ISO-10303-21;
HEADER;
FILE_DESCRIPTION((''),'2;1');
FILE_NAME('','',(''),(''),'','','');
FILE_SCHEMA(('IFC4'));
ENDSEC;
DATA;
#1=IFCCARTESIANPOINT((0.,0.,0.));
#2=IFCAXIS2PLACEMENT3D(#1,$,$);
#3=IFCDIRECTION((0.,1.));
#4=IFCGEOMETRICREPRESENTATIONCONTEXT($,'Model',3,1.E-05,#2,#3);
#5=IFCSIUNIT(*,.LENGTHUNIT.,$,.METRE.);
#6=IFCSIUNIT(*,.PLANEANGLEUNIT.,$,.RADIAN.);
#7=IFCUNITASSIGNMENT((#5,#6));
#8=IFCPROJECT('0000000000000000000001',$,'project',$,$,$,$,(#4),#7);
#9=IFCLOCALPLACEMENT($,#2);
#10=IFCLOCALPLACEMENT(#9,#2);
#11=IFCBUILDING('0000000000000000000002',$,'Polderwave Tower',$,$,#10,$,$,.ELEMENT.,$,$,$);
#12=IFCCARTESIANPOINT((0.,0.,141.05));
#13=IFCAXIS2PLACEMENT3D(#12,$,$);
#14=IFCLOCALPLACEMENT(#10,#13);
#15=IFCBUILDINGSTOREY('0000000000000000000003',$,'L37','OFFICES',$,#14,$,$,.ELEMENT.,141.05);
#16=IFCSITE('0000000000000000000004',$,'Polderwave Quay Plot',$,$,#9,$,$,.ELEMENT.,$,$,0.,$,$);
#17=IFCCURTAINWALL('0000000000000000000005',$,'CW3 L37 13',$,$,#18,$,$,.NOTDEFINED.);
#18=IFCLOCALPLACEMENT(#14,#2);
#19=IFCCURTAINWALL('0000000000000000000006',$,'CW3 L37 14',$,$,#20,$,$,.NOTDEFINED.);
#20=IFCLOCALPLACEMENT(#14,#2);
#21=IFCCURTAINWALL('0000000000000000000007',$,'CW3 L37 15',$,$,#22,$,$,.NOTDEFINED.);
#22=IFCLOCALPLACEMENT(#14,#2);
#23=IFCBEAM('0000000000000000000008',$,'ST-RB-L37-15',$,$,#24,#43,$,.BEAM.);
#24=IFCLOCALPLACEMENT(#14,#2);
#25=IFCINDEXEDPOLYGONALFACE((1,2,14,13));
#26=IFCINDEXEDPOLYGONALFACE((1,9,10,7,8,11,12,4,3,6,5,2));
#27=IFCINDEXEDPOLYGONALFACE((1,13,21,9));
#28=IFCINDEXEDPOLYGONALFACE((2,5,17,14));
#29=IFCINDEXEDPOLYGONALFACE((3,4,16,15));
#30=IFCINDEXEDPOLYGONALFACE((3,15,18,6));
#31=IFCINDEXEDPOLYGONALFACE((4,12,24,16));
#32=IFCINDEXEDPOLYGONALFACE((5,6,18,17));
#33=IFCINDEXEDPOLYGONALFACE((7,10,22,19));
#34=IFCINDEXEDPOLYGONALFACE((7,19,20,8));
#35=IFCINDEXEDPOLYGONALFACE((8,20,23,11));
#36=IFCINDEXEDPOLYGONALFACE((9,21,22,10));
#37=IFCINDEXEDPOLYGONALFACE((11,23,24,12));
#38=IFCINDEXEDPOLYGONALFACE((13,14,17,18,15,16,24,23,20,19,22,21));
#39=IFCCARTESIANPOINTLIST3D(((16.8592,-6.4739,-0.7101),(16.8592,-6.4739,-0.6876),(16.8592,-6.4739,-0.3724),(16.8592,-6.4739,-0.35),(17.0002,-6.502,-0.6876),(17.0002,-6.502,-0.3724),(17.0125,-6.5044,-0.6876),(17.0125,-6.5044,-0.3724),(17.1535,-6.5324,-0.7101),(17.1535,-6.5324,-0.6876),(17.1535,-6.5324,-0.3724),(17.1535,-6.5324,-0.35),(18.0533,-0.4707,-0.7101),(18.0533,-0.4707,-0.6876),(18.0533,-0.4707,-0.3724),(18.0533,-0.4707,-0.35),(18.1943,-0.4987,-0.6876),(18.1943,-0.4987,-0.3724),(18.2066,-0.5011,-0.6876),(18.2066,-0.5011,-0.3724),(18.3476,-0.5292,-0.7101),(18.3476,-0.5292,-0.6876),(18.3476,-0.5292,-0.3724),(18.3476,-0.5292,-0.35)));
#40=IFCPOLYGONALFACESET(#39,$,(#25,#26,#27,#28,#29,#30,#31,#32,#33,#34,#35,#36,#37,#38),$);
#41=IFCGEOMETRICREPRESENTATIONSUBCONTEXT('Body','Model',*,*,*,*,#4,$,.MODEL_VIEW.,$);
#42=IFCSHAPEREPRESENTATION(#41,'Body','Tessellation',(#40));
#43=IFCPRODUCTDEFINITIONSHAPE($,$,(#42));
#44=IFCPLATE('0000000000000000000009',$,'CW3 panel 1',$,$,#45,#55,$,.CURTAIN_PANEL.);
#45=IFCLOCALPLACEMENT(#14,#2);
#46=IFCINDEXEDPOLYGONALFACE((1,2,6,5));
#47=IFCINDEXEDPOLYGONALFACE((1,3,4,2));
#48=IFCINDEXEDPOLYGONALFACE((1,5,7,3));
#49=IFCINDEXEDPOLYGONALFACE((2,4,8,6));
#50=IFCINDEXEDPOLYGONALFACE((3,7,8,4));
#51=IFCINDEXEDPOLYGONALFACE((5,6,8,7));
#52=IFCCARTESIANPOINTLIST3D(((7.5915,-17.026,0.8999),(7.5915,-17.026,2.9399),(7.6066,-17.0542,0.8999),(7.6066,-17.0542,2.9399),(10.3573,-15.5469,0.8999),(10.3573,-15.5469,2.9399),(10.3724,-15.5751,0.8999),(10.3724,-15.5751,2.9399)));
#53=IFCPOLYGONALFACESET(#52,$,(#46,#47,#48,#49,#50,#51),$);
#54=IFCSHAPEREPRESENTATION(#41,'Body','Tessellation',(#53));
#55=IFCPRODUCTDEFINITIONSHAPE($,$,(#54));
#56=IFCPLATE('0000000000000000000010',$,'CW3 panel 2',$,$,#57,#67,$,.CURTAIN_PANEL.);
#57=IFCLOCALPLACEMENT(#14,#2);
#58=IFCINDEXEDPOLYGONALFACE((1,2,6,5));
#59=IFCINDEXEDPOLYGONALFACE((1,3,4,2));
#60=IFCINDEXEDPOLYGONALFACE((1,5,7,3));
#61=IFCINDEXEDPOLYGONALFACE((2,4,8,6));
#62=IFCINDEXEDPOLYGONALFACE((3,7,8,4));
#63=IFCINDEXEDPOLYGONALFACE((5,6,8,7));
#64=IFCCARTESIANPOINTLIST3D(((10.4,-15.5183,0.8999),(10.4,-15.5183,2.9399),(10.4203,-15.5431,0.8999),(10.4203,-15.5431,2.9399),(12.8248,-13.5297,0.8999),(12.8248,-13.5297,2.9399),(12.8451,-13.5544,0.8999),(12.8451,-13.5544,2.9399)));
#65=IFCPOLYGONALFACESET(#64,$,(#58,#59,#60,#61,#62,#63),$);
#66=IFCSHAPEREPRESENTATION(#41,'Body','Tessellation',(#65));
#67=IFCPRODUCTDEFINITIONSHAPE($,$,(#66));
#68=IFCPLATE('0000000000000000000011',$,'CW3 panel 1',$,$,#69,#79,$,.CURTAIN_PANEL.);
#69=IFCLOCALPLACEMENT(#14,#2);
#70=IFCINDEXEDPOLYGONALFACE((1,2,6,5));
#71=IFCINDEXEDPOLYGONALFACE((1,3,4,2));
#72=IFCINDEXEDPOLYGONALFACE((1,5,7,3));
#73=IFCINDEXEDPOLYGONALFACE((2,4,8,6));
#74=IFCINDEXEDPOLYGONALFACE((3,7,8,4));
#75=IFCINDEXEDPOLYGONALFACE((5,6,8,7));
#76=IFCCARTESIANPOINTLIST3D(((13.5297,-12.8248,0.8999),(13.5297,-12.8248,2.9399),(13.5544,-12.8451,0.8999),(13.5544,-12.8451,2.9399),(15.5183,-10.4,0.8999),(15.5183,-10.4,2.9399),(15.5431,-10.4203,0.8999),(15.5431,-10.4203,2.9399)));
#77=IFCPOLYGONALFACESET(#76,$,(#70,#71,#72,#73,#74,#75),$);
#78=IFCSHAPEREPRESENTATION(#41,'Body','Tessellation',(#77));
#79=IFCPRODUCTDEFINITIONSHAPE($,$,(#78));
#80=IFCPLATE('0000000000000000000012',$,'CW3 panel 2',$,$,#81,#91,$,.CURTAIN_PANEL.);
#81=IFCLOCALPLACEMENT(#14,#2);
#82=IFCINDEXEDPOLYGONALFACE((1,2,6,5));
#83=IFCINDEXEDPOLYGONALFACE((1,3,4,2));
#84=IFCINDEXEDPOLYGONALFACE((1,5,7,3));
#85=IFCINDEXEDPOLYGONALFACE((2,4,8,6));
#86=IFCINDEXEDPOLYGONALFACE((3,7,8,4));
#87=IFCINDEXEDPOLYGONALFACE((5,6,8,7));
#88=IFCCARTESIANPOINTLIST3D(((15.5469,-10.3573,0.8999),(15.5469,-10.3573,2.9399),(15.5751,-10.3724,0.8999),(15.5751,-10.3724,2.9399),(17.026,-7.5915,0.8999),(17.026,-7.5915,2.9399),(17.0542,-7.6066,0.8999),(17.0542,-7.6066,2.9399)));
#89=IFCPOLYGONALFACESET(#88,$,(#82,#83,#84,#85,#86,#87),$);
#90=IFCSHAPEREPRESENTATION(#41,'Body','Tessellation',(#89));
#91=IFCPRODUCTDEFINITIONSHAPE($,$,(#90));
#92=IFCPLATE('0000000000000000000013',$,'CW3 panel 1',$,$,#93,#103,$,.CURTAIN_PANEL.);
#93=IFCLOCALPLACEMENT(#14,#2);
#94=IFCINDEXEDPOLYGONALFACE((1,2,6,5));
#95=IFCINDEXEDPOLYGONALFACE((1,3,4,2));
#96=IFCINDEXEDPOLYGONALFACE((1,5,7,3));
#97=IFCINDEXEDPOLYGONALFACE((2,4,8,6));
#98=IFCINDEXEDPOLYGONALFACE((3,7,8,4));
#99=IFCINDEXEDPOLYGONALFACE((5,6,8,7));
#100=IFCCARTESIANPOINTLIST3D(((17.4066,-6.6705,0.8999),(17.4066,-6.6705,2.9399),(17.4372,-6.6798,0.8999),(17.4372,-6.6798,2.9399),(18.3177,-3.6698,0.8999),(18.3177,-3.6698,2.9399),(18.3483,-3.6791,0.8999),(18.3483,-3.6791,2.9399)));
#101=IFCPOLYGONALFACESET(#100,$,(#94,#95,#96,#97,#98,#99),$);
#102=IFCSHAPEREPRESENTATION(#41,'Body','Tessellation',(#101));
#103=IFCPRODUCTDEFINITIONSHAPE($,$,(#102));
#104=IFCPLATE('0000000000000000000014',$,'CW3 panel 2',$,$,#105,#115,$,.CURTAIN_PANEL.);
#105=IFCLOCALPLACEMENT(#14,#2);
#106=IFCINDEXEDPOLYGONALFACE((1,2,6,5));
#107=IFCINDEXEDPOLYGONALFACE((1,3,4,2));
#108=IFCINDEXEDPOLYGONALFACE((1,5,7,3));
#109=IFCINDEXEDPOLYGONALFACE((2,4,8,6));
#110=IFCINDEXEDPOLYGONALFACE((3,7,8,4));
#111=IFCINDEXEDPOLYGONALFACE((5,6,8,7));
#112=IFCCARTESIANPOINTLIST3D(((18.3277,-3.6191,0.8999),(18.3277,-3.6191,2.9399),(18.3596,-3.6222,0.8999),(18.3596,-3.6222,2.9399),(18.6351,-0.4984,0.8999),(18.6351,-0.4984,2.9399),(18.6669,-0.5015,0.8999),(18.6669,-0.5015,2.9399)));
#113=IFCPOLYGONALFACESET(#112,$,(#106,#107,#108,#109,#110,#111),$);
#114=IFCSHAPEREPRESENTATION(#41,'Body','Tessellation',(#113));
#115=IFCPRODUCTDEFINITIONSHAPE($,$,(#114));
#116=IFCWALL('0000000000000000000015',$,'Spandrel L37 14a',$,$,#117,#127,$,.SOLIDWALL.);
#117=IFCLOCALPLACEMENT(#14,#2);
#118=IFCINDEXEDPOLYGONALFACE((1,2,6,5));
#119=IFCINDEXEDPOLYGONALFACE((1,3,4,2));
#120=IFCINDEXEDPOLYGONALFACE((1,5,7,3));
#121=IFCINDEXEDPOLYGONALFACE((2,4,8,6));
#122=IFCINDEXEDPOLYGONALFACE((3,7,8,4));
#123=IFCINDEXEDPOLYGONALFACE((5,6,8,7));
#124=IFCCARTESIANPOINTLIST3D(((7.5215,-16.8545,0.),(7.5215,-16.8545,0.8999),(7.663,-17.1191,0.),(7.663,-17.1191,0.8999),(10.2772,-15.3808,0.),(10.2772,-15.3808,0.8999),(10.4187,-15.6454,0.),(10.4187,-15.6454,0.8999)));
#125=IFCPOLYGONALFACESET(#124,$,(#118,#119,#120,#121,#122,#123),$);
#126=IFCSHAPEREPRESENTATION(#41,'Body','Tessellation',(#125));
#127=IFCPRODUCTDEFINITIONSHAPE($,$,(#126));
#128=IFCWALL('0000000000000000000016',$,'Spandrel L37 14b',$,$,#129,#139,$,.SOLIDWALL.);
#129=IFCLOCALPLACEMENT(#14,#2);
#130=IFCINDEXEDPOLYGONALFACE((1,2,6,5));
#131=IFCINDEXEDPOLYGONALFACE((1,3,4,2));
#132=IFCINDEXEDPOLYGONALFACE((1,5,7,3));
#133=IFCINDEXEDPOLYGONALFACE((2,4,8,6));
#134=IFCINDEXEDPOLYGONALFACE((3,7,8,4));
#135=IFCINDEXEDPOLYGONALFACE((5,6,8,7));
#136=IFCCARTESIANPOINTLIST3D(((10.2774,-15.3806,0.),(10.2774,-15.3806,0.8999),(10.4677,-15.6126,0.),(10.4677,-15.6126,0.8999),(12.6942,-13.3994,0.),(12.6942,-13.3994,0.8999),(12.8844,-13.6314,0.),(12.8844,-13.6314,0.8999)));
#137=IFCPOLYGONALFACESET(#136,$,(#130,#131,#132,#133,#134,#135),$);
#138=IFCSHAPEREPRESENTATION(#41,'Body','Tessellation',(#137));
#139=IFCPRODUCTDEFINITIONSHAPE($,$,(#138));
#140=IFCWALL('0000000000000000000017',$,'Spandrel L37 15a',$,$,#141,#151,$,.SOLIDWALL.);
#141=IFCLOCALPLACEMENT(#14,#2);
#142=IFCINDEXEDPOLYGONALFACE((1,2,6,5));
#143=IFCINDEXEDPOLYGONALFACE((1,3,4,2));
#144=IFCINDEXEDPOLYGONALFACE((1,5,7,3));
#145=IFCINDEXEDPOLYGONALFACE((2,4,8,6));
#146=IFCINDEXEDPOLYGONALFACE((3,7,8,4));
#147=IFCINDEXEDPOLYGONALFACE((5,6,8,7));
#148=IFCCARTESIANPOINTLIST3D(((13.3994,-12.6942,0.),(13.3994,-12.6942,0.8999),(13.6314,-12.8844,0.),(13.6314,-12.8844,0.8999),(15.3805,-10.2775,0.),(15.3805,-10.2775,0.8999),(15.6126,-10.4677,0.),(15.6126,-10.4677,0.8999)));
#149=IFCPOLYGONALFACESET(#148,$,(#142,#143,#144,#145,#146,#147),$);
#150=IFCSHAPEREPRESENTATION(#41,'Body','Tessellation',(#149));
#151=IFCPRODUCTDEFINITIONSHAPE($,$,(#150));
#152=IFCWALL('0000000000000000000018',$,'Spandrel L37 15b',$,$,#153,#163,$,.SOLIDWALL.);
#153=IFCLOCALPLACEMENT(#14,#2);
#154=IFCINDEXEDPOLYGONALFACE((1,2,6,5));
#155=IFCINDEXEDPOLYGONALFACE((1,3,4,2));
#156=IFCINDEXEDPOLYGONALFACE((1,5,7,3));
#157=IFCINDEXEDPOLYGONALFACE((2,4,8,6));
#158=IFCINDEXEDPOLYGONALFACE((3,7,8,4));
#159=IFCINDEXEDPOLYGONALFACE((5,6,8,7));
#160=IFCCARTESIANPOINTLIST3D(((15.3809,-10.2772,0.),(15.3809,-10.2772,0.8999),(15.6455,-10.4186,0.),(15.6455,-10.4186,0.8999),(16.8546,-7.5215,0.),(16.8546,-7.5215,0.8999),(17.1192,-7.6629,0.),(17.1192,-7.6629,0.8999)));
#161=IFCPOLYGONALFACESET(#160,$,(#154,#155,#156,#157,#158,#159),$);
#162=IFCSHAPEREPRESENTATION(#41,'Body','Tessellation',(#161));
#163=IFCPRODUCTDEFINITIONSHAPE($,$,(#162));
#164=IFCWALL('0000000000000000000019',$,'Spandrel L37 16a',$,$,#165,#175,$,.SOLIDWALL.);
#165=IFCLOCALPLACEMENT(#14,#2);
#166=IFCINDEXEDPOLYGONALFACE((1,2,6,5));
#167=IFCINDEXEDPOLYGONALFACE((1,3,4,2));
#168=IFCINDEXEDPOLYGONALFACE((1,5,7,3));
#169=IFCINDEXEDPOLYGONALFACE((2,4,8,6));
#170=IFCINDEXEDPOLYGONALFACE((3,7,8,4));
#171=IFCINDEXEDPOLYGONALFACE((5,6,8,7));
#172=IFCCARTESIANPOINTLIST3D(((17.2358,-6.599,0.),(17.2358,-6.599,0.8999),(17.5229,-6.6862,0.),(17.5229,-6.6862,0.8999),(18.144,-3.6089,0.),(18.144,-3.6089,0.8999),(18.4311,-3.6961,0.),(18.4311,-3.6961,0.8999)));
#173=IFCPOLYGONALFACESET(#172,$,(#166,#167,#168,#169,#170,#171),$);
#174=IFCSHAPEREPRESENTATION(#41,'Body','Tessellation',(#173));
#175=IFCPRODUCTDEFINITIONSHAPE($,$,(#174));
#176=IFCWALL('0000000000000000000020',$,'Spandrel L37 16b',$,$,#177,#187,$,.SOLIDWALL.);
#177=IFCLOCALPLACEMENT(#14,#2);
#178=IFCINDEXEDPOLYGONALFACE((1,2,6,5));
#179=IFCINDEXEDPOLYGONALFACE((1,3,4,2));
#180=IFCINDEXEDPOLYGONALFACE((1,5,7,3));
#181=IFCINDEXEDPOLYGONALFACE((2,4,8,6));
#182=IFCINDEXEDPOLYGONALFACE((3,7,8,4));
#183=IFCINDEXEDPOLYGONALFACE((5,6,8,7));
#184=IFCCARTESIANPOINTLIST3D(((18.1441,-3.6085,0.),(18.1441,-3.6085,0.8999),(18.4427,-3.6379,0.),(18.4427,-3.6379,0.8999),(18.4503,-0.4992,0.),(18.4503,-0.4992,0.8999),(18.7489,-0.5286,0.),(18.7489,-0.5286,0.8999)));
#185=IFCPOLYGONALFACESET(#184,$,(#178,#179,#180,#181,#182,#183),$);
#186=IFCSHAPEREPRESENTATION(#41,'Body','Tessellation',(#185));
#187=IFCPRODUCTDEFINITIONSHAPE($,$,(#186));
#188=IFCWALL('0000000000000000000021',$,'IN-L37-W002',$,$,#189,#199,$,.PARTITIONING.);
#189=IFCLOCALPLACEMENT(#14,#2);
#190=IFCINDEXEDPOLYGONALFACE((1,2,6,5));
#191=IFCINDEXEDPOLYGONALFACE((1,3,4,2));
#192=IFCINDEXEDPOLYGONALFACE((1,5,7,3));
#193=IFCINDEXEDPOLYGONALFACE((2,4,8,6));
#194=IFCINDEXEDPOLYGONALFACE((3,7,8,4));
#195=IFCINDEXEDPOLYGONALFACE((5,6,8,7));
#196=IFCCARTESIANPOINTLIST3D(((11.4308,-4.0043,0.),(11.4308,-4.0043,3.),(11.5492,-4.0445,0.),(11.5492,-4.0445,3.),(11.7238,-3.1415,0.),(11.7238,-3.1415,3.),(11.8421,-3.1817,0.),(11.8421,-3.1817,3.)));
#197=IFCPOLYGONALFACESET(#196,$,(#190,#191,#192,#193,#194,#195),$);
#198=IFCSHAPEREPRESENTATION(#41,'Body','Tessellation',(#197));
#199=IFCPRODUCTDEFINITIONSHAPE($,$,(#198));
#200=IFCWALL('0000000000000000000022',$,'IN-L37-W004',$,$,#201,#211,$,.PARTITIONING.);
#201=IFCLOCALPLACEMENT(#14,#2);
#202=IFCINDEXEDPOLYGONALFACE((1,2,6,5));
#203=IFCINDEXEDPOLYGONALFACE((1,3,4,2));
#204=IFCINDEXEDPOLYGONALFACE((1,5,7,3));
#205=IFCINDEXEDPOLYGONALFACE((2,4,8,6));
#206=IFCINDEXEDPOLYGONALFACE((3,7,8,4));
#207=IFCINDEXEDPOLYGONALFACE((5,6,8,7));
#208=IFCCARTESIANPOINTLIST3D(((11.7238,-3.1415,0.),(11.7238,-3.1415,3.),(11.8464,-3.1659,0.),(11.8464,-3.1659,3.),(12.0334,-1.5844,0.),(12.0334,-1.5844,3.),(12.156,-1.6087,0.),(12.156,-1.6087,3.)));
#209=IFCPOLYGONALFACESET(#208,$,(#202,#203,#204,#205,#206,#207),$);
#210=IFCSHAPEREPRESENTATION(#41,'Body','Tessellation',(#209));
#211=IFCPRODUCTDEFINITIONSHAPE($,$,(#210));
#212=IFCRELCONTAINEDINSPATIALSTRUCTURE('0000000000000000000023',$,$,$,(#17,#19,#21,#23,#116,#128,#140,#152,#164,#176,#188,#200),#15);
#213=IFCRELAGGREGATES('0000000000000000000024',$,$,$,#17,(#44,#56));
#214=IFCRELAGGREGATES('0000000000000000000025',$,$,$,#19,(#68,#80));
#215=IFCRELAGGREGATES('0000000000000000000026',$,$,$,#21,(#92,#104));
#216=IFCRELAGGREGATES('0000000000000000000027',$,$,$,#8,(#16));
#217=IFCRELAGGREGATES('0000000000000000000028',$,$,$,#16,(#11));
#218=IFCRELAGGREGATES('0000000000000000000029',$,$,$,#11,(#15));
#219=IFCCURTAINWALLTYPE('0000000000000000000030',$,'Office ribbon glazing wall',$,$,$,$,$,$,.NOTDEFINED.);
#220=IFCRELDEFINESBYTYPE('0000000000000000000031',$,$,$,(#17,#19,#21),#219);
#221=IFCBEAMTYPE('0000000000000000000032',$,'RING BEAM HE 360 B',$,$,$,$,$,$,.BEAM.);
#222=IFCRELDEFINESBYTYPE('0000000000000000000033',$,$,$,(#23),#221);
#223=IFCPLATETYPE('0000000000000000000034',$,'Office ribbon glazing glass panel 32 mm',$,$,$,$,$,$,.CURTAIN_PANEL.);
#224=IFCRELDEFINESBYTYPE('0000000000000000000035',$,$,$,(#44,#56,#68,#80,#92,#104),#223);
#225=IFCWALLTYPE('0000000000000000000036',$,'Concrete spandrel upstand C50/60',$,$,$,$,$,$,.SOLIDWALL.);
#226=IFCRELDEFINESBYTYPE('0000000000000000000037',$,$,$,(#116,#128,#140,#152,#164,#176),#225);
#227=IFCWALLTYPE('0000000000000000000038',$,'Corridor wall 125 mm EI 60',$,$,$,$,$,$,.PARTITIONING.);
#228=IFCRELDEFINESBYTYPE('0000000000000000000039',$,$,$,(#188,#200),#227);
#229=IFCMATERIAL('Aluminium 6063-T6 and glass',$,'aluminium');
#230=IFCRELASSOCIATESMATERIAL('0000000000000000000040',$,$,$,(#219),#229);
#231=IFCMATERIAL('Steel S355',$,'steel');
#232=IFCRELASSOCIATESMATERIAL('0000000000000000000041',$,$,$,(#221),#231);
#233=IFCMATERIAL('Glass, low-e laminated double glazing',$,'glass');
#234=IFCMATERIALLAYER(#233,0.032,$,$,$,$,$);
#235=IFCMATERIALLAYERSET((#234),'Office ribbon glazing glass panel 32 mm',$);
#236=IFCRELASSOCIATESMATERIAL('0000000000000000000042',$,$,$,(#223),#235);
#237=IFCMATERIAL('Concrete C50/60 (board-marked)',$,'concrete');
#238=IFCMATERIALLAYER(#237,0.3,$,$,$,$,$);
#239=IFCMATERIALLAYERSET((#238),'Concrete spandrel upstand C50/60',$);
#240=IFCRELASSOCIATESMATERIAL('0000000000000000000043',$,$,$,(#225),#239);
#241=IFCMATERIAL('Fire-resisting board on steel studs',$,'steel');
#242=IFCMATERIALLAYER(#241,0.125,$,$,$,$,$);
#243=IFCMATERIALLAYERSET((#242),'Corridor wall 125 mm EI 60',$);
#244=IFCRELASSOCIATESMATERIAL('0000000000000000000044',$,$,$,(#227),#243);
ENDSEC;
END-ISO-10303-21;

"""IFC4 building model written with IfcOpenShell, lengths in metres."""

from ifc_helpers import new_model, si_unit, direction, frame, frame_2d, origin, origin_2d, place, context, subcontext, project, spatial, rectangle, i_section, extrude, material, layer, layer_set, material_profile, profile_set, type_object, element, aggregate, save


model = new_model("IFC4")

# Units and contexts
model_context = context("Model", 3, precision=1e-05, world=origin(), true_north=direction((0.0, 1.0)))
body_context = subcontext(model_context, "Body", "Model", "MODEL_VIEW")
ifc_project = project(units=[si_unit("LENGTHUNIT", "METRE"), si_unit("PLANEANGLEUNIT", "RADIAN")], contexts=[model_context])

# Site, building, storey
site_placement = place(None, origin())
site = spatial("IfcSite", under=ifc_project, at=site_placement, Name="Polderwave Quay Plot", CompositionType="ELEMENT", RefElevation=0.0)
building_placement = place(site_placement, origin())
building = spatial("IfcBuilding", under=site, at=building_placement, Name="Polderwave Tower", CompositionType="ELEMENT")
storey_placement = place(building_placement, frame((0.0, 0.0, 141.05)))
storey = spatial("IfcBuildingStorey", under=building, at=storey_placement, Name="L37", Description="OFFICES", CompositionType="ELEMENT", Elevation=141.05)

# Curtain walls
ifc_material_1 = material(Name="Aluminium 6063-T6 and glass", Category="aluminium")
curtain_wall_type = type_object("IfcCurtainWallType", Name="Office ribbon glazing wall", PredefinedType="NOTDEFINED", material=ifc_material_1)
curtain_wall_1_placement = place(storey_placement, origin())
curtain_wall_1 = element("IfcCurtainWall", 1, at=curtain_wall_1_placement, inside=storey, type_object=curtain_wall_type, Name="CW3 L37 13", PredefinedType="NOTDEFINED")
curtain_wall_2_placement = place(storey_placement, origin())
curtain_wall_2 = element("IfcCurtainWall", 2, at=curtain_wall_2_placement, inside=storey, type_object=curtain_wall_type, Name="CW3 L37 14", PredefinedType="NOTDEFINED")
curtain_wall_3_placement = place(storey_placement, origin())
curtain_wall_3 = element("IfcCurtainWall", 3, at=curtain_wall_3_placement, inside=storey, type_object=curtain_wall_type, Name="CW3 L37 15", PredefinedType="NOTDEFINED")

# Beam
ifc_material_2 = material(Name="Steel S355", Category="steel")
ifc_material_profile_1 = material_profile(ifc_material_2, i_section(OverallWidth=0.3, OverallDepth=0.3601, WebThickness=0.0125, FlangeThickness=0.0225, at=origin_2d()), Name="HE 360 B")
ifc_profile_set_1 = profile_set([ifc_material_profile_1], Name="Steel S355")
beam_type = type_object("IfcBeamType", Name="RING BEAM HE 360 B", PredefinedType="BEAM", material=ifc_profile_set_1)
beam_1_placement = place(storey_placement, frame((17.0063, -6.5032, -0.53), z_axis=(0.195088, 0.980786, 0.0), x_axis=(-0.980786, 0.195088, 0.0)))
element("IfcBeam", 4, at=beam_1_placement, inside=storey, type_object=beam_type, Name="ST-RB-L37-15", PredefinedType="BEAM", context=body_context, shape_type="SweptSolid", body=[
    extrude(i_section(OverallWidth=0.3, OverallDepth=0.3601, WebThickness=0.0125, FlangeThickness=0.0225, at=origin_2d()), origin(), (0.0, 0.0, 1.0), 6.1208),
])

# Plates
ifc_material_3 = material(Name="Glass, low-e laminated double glazing", Category="glass")
ifc_layer_1 = layer(ifc_material_3, 0.032)
ifc_layer_set_1 = layer_set([ifc_layer_1], Name="Office ribbon glazing glass panel 32 mm")
plate_type = type_object("IfcPlateType", Name="Office ribbon glazing glass panel 32 mm", PredefinedType="CURTAIN_PANEL", material=ifc_layer_set_1)
plate_1_placement = place(storey_placement, frame((8.9819, -16.3005, 0.8999), z_axis=(0.0, 0.0, 1.0), x_axis=(0.881827, 0.471572, 0.0)))
plate_1 = element("IfcPlate", 5, at=plate_1_placement, type_object=plate_type, Name="CW3 panel 1", PredefinedType="CURTAIN_PANEL", context=body_context, shape_type="SweptSolid", body=[
    extrude(rectangle(XDim=3.1365, YDim=0.032, at=origin_2d()), origin(), (0.0, 0.0, 1.0), 2.04),
])
plate_2_placement = place(storey_placement, frame((11.6226, -14.5364, 0.8999), z_axis=(0.0, 0.0, 1.0), x_axis=(0.773224, 0.634133, 0.0)))
plate_2 = element("IfcPlate", 6, at=plate_2_placement, type_object=plate_type, Name="CW3 panel 2", PredefinedType="CURTAIN_PANEL", context=body_context, shape_type="SweptSolid", body=[
    extrude(rectangle(XDim=3.136, YDim=0.032, at=origin_2d()), origin(), (0.0, 0.0, 1.0), 2.04),
])
aggregate(curtain_wall_1, [plate_1, plate_2])
plate_3_placement = place(storey_placement, frame((14.5364, -11.6226, 0.8999), z_axis=(0.0, 0.0, 1.0), x_axis=(0.634133, 0.773224, 0.0)))
plate_3 = element("IfcPlate", 7, at=plate_3_placement, type_object=plate_type, Name="CW3 panel 1", PredefinedType="CURTAIN_PANEL", context=body_context, shape_type="SweptSolid", body=[
    extrude(rectangle(XDim=3.136, YDim=0.032, at=origin_2d()), origin(), (0.0, 0.0, 1.0), 2.04),
])
plate_4_placement = place(storey_placement, frame((16.3005, -8.9819, 0.8999), z_axis=(0.0, 0.0, 1.0), x_axis=(0.471572, 0.881827, 0.0)))
plate_4 = element("IfcPlate", 8, at=plate_4_placement, type_object=plate_type, Name="CW3 panel 2", PredefinedType="CURTAIN_PANEL", context=body_context, shape_type="SweptSolid", body=[
    extrude(rectangle(XDim=3.1365, YDim=0.032, at=origin_2d()), origin(), (0.0, 0.0, 1.0), 2.04),
])
aggregate(curtain_wall_2, [plate_3, plate_4])
plate_5_placement = place(storey_placement, frame((17.8774, -5.1748, 0.8999), z_axis=(0.0, 0.0, 1.0), x_axis=(0.290507, 0.956873, 0.0)))
plate_5 = element("IfcPlate", 9, at=plate_5_placement, type_object=plate_type, Name="CW3 panel 1", PredefinedType="CURTAIN_PANEL", context=body_context, shape_type="SweptSolid", body=[
    extrude(rectangle(XDim=3.136, YDim=0.032, at=origin_2d()), origin(), (0.0, 0.0, 1.0), 2.04),
])
plate_6_placement = place(storey_placement, frame((18.4973, -2.0603, 0.8999), z_axis=(0.0, 0.0, 1.0), x_axis=(0.098002, 0.995186, 0.0)))
plate_6 = element("IfcPlate", 10, at=plate_6_placement, type_object=plate_type, Name="CW3 panel 2", PredefinedType="CURTAIN_PANEL", context=body_context, shape_type="SweptSolid", body=[
    extrude(rectangle(XDim=3.1357, YDim=0.032, at=origin_2d()), origin(), (0.0, 0.0, 1.0), 2.04),
])
aggregate(curtain_wall_3, [plate_5, plate_6])

# Walls
ifc_material_4 = material(Name="Concrete C50/60 (board-marked)", Category="concrete")
ifc_layer_2 = layer(ifc_material_4, 0.3)
ifc_layer_set_2 = layer_set([ifc_layer_2], Name="Concrete spandrel upstand C50/60")
wall_type_1 = type_object("IfcWallType", Name="Concrete spandrel upstand C50/60", PredefinedType="SOLIDWALL", material=ifc_layer_set_2)
for number, where, z_axis, x_axis, name in (
    (11, (7.5923, -16.9868, 0.0), (0.0, 0.0, 1.0), (0.881825, 0.471577, 0.0), "Spandrel L37 14a"),
    (12, (10.3726, -15.4966, 0.0), (0.0, 0.0, 1.0), (0.773351, 0.633978, 0.0), "Spandrel L37 14b"),
    (13, (13.5154, -12.7893, 0.0), (0.0, 0.0, 1.0), (0.633978, 0.773351, 0.0), "Spandrel L37 15a"),
    (14, (15.5132, -10.3479, 0.0), (0.0, 0.0, 1.0), (0.471577, 0.881825, 0.0), "Spandrel L37 15b"),
    (15, (17.3794, -6.6426, 0.0), (0.0, 0.0, 1.0), (0.290614, 0.95684, 0.0), "Spandrel L37 16a"),
):
    element("IfcWall", number, at=place(storey_placement, frame(where, z_axis=z_axis, x_axis=x_axis)), inside=storey, type_object=wall_type_1, Name=name, PredefinedType="SOLIDWALL", context=body_context, shape_type="SweptSolid", body=[
        extrude(rectangle(XDim=3.125, YDim=0.3, at=frame_2d((1.5625, 0.0))), origin(), (0.0, 0.0, 1.0), 0.8999),
    ])
wall_1_placement = place(storey_placement, frame((18.2935, -3.623, 0.0), z_axis=(0.0, 0.0, 1.0), x_axis=(0.097995, 0.995187, 0.0)))
element("IfcWall", 16, at=wall_1_placement, inside=storey, type_object=wall_type_1, Name="Spandrel L37 16b", PredefinedType="SOLIDWALL", context=body_context, shape_type="SweptSolid", body=[
    extrude(rectangle(XDim=3.1243, YDim=0.3, at=frame_2d((1.562, 0.0))), origin(), (0.0, 0.0, 1.0), 0.8999),
])
ifc_material_5 = material(Name="Fire-resisting board on steel studs", Category="steel")
ifc_layer_3 = layer(ifc_material_5, 0.125)
ifc_layer_set_3 = layer_set([ifc_layer_3], Name="Corridor wall 125 mm EI 60")
wall_type_2 = type_object("IfcWallType", Name="Corridor wall 125 mm EI 60", PredefinedType="PARTITIONING", material=ifc_layer_set_3)
wall_2_placement = place(storey_placement, frame((11.783, -3.1616, 0.0), z_axis=(0.0, 0.0, 1.0), x_axis=(-0.321528, -0.9469, 0.0)))
element("IfcWall", 17, at=wall_2_placement, inside=storey, type_object=wall_type_2, Name="IN-L37-W002", PredefinedType="PARTITIONING", context=body_context, shape_type="SweptSolid", body=[
    extrude(rectangle(XDim=0.9111, YDim=0.125, at=frame_2d((0.4556, 0.0))), origin(), (0.0, 0.0, 1.0), 3.0),
])
for number, where, z_axis, x_axis, name in (
    (18, (12.0947, -1.5964, 0.0), (0.0, 0.0, 1.0), (-0.194992, -0.980805, 0.0), "IN-L37-W004"),
):
    element("IfcWall", number, at=place(storey_placement, frame(where, z_axis=z_axis, x_axis=x_axis)), inside=storey, type_object=wall_type_2, Name=name, PredefinedType="PARTITIONING", context=body_context, shape_type="SweptSolid", body=[
        extrude(rectangle(XDim=1.5876, YDim=0.125, at=frame_2d((0.7939, 0.0))), origin(), (0.0, 0.0, 1.0), 3.0),
    ])

save(model, "model.ifc")
